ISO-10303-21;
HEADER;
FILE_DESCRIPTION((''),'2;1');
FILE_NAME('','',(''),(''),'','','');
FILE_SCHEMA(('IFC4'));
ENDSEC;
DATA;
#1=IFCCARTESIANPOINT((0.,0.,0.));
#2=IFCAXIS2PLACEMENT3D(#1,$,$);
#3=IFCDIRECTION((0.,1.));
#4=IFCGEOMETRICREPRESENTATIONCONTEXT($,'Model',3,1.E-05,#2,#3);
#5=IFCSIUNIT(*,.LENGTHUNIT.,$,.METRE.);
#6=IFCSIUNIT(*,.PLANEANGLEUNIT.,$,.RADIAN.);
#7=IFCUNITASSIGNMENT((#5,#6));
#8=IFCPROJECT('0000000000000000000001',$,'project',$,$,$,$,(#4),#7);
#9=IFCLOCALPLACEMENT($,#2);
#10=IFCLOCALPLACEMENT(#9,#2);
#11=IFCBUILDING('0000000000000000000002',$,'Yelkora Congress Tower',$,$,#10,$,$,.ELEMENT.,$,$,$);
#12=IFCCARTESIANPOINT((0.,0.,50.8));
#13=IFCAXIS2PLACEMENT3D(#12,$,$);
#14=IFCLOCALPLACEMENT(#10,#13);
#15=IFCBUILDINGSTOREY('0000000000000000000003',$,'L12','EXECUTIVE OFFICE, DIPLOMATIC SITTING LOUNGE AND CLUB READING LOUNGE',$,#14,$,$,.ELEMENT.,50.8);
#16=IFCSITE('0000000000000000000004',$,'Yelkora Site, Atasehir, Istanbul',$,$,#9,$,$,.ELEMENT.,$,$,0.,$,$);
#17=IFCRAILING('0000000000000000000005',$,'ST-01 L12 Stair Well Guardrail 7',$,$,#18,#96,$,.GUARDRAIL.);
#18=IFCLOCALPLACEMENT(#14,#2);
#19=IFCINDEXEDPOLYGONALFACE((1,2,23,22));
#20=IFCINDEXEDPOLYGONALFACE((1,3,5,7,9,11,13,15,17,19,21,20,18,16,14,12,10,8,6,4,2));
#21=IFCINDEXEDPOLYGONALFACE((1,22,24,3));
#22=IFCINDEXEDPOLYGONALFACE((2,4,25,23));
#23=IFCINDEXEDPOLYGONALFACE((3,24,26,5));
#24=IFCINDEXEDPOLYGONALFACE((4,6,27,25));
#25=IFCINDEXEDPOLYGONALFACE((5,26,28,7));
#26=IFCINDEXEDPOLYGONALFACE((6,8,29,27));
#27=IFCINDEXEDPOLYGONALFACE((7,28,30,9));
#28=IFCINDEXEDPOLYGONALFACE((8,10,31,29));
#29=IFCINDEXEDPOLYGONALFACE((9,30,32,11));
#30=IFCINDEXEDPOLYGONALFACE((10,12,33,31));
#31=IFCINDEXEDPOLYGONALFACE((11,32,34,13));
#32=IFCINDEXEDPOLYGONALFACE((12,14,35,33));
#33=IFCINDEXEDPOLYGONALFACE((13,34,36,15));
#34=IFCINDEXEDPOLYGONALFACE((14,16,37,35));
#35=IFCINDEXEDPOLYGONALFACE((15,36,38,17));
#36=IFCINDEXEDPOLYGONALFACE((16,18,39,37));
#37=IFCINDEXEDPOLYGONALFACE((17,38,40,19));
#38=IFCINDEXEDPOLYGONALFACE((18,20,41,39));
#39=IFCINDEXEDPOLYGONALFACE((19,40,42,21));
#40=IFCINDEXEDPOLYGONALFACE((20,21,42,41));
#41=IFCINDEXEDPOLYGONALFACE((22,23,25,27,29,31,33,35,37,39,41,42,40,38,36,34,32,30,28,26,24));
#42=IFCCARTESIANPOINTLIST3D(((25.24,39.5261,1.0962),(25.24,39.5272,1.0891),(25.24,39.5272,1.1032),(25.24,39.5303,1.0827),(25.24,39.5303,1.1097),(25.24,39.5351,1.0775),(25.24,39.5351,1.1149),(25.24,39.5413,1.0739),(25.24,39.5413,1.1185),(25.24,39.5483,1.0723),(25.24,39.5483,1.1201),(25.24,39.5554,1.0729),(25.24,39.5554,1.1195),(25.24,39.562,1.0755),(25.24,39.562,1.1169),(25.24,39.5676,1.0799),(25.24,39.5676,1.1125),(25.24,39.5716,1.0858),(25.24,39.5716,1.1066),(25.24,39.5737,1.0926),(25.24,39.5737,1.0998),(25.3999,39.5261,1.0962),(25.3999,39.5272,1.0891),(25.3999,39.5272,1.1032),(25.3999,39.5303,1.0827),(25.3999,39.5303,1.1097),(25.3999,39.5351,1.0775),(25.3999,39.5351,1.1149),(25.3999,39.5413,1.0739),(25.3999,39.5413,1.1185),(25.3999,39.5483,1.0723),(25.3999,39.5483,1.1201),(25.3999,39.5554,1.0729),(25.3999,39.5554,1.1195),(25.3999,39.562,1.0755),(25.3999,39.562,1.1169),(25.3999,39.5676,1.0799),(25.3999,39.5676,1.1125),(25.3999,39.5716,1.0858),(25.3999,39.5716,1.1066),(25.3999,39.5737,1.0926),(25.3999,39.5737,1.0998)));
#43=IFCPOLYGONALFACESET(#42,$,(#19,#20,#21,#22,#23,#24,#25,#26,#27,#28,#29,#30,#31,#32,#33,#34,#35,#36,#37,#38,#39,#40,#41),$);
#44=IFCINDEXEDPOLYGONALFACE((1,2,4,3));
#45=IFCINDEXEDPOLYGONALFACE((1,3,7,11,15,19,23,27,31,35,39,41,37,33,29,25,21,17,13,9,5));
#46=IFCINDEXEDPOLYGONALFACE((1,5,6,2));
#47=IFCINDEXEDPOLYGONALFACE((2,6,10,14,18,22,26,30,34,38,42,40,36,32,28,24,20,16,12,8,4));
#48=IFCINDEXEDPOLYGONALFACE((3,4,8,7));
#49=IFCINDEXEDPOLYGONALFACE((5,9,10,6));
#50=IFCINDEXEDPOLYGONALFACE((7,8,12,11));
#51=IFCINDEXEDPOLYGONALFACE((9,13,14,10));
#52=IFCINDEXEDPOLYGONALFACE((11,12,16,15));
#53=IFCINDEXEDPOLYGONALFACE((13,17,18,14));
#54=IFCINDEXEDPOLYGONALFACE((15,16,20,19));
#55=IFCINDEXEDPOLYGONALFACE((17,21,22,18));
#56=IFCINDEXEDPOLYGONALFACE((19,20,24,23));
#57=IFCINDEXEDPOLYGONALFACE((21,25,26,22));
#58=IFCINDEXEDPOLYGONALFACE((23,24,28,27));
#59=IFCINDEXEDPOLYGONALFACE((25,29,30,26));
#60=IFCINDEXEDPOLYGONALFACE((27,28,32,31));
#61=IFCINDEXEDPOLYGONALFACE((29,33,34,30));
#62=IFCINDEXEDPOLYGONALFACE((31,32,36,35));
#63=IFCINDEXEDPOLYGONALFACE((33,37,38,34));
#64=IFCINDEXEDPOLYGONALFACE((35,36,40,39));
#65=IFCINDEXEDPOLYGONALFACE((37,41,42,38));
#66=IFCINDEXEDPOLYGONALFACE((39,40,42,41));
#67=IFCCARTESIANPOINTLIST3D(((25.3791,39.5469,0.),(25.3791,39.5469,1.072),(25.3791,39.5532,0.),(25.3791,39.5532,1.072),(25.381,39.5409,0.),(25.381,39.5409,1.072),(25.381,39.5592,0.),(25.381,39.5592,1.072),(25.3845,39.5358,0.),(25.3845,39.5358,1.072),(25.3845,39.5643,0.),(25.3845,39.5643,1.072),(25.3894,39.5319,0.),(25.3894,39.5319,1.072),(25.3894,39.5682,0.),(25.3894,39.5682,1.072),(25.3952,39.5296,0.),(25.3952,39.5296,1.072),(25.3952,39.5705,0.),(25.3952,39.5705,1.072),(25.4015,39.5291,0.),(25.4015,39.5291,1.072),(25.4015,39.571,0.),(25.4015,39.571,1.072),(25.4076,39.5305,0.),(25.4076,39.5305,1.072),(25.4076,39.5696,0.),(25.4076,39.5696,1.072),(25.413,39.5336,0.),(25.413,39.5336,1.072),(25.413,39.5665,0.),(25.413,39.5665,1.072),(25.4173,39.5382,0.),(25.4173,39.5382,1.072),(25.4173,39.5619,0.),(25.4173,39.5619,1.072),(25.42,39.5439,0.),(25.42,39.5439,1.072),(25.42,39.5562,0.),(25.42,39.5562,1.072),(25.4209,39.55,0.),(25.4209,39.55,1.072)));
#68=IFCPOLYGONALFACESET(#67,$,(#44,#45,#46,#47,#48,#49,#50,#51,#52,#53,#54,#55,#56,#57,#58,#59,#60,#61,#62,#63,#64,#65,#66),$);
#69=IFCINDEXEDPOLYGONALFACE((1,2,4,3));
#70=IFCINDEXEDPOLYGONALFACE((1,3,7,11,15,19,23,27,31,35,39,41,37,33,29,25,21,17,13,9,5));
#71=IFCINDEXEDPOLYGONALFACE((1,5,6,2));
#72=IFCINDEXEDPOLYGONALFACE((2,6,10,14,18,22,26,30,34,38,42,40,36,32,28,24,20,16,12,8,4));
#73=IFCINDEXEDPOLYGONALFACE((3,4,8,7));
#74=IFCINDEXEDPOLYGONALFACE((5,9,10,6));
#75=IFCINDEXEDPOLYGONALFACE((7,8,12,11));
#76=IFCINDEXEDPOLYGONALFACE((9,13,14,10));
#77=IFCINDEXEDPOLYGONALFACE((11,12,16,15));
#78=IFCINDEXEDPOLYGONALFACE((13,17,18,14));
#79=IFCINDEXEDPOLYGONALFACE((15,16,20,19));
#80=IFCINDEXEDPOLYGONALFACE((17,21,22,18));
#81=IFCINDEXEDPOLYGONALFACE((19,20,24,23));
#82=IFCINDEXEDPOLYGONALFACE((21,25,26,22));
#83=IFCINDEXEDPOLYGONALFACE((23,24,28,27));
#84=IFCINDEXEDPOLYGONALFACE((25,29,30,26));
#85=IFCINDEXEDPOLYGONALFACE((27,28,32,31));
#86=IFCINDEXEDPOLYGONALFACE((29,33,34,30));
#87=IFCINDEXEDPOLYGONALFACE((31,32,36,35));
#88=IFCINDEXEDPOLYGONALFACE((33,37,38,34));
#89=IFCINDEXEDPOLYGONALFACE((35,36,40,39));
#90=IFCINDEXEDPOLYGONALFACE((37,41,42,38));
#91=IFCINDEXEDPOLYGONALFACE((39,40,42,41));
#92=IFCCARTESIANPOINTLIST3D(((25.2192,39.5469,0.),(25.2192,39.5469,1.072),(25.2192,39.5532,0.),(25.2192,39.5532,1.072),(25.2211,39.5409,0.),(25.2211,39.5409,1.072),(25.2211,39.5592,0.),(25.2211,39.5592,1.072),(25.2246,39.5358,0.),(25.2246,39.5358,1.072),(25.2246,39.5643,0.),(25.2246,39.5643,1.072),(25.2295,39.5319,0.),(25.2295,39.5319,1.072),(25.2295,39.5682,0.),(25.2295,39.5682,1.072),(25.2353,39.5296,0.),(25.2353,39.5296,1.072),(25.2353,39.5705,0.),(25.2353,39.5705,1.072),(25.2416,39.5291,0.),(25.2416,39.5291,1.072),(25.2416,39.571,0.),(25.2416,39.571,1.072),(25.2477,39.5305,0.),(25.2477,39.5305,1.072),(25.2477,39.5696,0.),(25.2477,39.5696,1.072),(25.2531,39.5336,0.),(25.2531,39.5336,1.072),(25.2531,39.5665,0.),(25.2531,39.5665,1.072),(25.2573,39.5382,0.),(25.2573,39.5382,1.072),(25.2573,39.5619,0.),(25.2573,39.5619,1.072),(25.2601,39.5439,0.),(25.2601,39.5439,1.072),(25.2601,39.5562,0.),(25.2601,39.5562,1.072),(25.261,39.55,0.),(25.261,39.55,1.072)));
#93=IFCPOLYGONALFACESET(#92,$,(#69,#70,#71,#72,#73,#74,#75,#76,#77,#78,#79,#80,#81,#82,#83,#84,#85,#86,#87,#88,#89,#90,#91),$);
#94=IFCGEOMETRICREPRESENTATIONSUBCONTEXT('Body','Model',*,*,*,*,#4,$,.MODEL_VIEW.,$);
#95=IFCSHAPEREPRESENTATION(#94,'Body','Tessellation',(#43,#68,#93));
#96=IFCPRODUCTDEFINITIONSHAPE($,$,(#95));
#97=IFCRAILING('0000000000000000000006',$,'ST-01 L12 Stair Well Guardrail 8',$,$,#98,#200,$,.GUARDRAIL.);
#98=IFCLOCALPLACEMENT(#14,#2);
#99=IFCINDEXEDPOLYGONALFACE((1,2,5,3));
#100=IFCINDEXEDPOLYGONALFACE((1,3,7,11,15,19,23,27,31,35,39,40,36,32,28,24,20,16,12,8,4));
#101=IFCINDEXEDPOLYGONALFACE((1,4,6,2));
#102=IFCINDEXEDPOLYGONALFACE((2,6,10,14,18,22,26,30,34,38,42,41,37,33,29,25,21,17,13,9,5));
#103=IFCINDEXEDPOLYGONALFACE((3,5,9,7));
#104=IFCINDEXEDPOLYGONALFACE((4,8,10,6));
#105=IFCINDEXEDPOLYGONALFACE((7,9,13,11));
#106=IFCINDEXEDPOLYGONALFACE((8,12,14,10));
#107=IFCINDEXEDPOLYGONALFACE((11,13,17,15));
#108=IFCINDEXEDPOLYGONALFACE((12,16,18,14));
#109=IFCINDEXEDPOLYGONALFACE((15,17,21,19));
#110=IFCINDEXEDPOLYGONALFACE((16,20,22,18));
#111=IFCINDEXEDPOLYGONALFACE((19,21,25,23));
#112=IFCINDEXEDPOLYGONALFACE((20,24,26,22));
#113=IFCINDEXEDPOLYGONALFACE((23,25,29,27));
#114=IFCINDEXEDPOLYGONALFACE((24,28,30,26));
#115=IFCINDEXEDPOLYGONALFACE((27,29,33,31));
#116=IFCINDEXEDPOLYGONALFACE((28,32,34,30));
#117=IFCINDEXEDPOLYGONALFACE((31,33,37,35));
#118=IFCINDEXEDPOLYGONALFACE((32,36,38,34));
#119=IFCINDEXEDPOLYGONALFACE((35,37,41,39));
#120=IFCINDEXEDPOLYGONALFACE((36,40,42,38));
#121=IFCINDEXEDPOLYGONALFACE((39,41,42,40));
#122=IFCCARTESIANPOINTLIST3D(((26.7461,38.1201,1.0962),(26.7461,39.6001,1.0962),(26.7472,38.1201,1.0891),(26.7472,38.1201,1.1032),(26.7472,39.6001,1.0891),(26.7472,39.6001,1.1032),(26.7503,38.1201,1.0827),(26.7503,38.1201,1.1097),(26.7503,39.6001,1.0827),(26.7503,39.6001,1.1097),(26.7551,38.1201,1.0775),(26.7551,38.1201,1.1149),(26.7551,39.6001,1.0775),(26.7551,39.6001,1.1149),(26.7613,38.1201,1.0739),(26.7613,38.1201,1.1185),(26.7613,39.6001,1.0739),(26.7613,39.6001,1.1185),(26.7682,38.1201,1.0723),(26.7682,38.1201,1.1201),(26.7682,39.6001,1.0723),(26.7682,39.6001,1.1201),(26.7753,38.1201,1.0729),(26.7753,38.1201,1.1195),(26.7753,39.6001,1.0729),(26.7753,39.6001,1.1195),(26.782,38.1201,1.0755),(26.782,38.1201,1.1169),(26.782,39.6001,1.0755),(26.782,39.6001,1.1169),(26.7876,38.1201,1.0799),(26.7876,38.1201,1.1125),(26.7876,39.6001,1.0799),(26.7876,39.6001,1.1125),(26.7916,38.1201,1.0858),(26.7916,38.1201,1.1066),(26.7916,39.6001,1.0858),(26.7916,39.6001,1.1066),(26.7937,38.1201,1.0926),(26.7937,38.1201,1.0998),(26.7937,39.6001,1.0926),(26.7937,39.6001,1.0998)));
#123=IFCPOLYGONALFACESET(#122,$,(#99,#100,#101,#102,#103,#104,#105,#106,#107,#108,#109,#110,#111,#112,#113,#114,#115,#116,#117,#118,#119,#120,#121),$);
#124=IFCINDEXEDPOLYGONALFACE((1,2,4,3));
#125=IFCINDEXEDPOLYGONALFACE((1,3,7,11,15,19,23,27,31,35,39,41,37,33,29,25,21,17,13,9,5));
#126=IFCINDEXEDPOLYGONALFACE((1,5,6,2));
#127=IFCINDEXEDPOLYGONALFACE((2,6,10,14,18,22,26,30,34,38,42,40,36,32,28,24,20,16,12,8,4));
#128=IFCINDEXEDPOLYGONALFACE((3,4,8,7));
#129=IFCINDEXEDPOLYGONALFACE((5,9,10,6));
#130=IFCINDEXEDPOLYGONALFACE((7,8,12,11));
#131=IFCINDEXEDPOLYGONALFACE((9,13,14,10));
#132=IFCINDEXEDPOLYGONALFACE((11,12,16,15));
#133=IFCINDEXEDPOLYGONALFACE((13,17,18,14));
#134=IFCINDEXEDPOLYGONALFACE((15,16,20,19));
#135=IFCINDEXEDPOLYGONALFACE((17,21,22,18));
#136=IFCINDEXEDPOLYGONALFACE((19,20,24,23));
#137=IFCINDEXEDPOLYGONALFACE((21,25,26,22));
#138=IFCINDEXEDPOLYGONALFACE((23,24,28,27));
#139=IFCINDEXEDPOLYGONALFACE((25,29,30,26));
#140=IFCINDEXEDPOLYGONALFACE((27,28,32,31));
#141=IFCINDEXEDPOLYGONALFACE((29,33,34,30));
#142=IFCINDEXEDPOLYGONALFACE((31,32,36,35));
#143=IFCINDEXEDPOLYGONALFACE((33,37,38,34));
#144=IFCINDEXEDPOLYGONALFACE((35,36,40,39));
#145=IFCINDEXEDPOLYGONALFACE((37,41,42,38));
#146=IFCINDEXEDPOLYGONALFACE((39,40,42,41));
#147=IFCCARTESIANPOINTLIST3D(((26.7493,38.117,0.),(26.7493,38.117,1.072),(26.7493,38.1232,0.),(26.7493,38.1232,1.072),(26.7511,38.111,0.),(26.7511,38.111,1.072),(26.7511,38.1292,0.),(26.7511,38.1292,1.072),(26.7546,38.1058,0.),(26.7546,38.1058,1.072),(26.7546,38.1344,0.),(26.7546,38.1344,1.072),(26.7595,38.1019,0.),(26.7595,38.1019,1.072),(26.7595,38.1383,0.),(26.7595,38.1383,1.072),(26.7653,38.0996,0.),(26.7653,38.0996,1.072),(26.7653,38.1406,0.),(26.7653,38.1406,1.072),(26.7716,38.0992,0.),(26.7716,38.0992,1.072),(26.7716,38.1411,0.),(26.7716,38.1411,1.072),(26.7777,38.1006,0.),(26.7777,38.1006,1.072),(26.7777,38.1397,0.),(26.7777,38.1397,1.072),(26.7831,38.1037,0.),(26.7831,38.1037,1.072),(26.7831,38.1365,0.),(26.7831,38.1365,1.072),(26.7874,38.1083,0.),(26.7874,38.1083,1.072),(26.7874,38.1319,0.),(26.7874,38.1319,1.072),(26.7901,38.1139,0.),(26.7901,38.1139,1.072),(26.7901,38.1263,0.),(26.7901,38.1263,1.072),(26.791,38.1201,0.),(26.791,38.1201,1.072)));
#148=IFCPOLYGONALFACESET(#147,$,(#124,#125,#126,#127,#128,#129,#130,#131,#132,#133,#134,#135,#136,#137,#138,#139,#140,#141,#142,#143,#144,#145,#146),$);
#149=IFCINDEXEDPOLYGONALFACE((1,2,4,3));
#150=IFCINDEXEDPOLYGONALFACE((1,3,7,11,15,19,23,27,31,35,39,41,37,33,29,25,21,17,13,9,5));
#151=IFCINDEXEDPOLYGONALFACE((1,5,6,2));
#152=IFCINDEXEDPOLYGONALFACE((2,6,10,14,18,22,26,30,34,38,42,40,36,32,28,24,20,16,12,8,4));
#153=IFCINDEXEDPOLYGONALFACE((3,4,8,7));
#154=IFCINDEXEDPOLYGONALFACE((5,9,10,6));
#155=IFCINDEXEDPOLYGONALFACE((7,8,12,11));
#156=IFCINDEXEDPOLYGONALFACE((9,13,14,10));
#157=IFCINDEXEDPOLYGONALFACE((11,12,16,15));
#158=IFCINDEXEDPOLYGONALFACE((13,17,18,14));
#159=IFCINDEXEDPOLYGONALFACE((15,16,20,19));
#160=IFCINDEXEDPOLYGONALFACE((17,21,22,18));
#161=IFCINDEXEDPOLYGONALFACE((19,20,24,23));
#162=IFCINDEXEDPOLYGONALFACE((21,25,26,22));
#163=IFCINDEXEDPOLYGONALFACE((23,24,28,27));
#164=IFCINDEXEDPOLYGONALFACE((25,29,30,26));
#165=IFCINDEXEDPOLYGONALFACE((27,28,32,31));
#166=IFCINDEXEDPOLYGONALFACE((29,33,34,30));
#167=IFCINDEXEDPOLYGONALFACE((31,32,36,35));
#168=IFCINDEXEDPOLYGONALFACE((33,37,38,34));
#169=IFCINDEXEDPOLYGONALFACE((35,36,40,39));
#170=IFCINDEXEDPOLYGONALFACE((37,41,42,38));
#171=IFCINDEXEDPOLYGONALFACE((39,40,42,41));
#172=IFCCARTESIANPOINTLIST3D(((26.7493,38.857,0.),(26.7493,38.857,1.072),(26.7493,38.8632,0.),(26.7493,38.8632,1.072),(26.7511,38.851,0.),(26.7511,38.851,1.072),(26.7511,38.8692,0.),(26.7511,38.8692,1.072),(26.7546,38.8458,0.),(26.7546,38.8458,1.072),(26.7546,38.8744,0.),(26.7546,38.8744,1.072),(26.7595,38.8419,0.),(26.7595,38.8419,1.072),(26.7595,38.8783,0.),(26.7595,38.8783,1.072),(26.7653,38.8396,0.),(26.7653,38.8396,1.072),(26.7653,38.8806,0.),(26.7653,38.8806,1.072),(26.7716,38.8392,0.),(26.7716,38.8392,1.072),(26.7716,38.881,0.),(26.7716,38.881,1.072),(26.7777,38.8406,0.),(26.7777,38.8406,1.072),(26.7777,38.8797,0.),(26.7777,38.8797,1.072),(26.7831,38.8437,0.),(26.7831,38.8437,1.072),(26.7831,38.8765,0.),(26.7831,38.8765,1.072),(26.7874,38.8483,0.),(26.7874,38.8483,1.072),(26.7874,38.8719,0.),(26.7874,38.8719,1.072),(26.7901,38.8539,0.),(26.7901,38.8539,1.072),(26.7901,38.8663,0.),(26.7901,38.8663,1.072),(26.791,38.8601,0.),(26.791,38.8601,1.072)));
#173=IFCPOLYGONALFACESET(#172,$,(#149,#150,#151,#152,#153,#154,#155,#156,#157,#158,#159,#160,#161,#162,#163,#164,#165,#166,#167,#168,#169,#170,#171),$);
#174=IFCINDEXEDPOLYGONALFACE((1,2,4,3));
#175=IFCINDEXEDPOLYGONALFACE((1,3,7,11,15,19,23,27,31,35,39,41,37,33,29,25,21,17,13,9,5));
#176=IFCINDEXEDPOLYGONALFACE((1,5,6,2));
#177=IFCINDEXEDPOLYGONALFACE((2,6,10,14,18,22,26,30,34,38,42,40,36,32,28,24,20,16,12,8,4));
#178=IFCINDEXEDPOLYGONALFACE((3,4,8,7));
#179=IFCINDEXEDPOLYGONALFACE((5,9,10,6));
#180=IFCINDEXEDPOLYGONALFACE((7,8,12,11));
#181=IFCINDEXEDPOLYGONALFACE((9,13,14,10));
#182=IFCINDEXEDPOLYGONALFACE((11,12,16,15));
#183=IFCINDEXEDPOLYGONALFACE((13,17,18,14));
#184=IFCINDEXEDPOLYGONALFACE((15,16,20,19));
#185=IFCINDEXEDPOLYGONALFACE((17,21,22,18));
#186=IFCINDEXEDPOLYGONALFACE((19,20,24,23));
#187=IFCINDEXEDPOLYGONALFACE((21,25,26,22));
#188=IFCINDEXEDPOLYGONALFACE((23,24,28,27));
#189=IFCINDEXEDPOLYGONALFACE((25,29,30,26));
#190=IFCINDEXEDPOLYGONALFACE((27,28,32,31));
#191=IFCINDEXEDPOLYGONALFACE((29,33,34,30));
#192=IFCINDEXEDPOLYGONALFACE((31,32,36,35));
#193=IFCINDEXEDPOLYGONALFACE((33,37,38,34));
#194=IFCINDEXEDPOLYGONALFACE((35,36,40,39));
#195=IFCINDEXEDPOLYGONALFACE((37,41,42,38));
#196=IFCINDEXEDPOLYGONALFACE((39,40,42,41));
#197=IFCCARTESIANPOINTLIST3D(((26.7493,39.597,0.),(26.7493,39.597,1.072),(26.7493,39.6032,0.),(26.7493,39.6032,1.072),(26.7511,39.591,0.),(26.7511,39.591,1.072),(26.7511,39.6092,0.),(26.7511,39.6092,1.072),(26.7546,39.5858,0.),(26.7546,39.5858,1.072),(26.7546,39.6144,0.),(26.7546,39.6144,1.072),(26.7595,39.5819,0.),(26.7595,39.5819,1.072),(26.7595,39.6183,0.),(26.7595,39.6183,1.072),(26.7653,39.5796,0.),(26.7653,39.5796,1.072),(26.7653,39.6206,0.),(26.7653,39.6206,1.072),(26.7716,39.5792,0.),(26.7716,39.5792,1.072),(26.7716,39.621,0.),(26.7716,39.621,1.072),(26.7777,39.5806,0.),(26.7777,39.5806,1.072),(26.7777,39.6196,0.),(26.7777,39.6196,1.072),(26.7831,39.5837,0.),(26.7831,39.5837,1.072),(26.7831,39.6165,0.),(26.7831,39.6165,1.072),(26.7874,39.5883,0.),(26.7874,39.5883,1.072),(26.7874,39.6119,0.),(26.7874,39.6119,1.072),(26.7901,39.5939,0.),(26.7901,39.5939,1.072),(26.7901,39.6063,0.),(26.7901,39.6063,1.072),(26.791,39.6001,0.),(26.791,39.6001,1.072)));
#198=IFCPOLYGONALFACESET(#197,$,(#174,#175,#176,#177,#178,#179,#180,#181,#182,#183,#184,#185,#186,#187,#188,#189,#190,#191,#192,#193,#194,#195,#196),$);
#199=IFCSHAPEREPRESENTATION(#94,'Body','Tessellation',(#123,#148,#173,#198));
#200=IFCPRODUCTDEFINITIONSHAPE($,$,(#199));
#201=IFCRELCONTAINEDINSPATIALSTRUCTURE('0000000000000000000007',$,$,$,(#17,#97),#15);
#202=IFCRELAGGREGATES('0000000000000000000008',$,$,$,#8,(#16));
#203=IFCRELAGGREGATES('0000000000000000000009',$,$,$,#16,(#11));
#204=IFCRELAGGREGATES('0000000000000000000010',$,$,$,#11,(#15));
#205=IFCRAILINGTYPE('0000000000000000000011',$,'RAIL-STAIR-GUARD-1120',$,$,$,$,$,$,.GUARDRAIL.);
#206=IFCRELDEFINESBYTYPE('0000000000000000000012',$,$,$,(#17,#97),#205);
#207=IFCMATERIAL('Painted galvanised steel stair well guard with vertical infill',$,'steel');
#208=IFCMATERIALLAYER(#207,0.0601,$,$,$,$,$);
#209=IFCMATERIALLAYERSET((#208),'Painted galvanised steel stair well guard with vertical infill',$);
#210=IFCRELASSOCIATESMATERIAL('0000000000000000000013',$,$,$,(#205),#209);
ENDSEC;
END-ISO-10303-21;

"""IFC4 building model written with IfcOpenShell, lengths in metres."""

from ifc_helpers import new_model, si_unit, direction, frame, origin, origin_2d, place, context, subcontext, project, spatial, circle, extrude, material, layer, layer_set, type_object, element, save


model = new_model("IFC4")

# Units and contexts
model_context = context("Model", 3, precision=1e-05, world=origin(), true_north=direction((0.0, 1.0)))
body_context = subcontext(model_context, "Body", "Model", "MODEL_VIEW")
ifc_project = project(units=[si_unit("LENGTHUNIT", "METRE"), si_unit("PLANEANGLEUNIT", "RADIAN")], contexts=[model_context])

# Site, building, storey
site_placement = place(None, origin())
site = spatial("IfcSite", under=ifc_project, at=site_placement, Name="Yelkora Site, Atasehir, Istanbul", CompositionType="ELEMENT", RefElevation=0.0)
building_placement = place(site_placement, origin())
building = spatial("IfcBuilding", under=site, at=building_placement, Name="Yelkora Congress Tower", CompositionType="ELEMENT")
storey_placement = place(building_placement, frame((0.0, 0.0, 50.8)))
storey = spatial("IfcBuildingStorey", under=building, at=storey_placement, Name="L12", Description="EXECUTIVE OFFICE, DIPLOMATIC SITTING LOUNGE AND CLUB READING LOUNGE", CompositionType="ELEMENT", Elevation=50.8)

# Railings
ifc_material_1 = material(Name="Painted galvanised steel stair well guard with vertical infill", Category="steel")
ifc_layer_1 = layer(ifc_material_1, 0.0601)
ifc_layer_set_1 = layer_set([ifc_layer_1], Name="Painted galvanised steel stair well guard with vertical infill")
railing_type_1 = type_object("IfcRailingType", Name="RAIL-STAIR-GUARD-1120", PredefinedType="GUARDRAIL", material=ifc_layer_set_1)
railing_1_placement = place(storey_placement, frame((25.3999, 39.55, 0.0)))
element("IfcRailing", 1, at=railing_1_placement, inside=storey, type_object=railing_type_1, Name="ST-01 L12 Stair Well Guardrail 7", PredefinedType="GUARDRAIL", context=body_context, shape_type="SweptSolid", body=[
    extrude(circle(Radius=0.0239, at=origin_2d()), frame((0.0, 0.0, 1.0962), z_axis=(-1.0, 0.0, 0.0), x_axis=(0.0, -1.0, 0.0)), (0.0, 0.0, 1.0), 0.1599),
    extrude(circle(Radius=0.021, at=origin_2d()), origin(), (0.0, 0.0, 1.0), 1.072),
    extrude(circle(Radius=0.021, at=origin_2d()), frame((-0.1599, 0.0, 0.0)), (0.0, 0.0, 1.0), 1.072),
])
for number, where, name in (
    (2, (26.77, 38.1201, 0.0), "ST-01 L12 Stair Well Guardrail 8"),
):
    element("IfcRailing", number, at=place(storey_placement, frame(where)), inside=storey, type_object=railing_type_1, Name=name, PredefinedType="GUARDRAIL", context=body_context, shape_type="SweptSolid", body=[
        extrude(circle(Radius=0.0239, at=origin_2d()), frame((0.0, 0.0, 1.0962), z_axis=(0.0, 1.0, 0.0), x_axis=(-1.0, 0.0, 0.0)), (0.0, 0.0, 1.0), 1.48),
        extrude(circle(Radius=0.021, at=origin_2d()), origin(), (0.0, 0.0, 1.0), 1.072),
        extrude(circle(Radius=0.021, at=origin_2d()), frame((0.0, 0.74, 0.0)), (0.0, 0.0, 1.0), 1.072),
        extrude(circle(Radius=0.021, at=origin_2d()), frame((0.0, 1.48, 0.0)), (0.0, 0.0, 1.0), 1.072),
    ])

save(model, "model.ifc")
